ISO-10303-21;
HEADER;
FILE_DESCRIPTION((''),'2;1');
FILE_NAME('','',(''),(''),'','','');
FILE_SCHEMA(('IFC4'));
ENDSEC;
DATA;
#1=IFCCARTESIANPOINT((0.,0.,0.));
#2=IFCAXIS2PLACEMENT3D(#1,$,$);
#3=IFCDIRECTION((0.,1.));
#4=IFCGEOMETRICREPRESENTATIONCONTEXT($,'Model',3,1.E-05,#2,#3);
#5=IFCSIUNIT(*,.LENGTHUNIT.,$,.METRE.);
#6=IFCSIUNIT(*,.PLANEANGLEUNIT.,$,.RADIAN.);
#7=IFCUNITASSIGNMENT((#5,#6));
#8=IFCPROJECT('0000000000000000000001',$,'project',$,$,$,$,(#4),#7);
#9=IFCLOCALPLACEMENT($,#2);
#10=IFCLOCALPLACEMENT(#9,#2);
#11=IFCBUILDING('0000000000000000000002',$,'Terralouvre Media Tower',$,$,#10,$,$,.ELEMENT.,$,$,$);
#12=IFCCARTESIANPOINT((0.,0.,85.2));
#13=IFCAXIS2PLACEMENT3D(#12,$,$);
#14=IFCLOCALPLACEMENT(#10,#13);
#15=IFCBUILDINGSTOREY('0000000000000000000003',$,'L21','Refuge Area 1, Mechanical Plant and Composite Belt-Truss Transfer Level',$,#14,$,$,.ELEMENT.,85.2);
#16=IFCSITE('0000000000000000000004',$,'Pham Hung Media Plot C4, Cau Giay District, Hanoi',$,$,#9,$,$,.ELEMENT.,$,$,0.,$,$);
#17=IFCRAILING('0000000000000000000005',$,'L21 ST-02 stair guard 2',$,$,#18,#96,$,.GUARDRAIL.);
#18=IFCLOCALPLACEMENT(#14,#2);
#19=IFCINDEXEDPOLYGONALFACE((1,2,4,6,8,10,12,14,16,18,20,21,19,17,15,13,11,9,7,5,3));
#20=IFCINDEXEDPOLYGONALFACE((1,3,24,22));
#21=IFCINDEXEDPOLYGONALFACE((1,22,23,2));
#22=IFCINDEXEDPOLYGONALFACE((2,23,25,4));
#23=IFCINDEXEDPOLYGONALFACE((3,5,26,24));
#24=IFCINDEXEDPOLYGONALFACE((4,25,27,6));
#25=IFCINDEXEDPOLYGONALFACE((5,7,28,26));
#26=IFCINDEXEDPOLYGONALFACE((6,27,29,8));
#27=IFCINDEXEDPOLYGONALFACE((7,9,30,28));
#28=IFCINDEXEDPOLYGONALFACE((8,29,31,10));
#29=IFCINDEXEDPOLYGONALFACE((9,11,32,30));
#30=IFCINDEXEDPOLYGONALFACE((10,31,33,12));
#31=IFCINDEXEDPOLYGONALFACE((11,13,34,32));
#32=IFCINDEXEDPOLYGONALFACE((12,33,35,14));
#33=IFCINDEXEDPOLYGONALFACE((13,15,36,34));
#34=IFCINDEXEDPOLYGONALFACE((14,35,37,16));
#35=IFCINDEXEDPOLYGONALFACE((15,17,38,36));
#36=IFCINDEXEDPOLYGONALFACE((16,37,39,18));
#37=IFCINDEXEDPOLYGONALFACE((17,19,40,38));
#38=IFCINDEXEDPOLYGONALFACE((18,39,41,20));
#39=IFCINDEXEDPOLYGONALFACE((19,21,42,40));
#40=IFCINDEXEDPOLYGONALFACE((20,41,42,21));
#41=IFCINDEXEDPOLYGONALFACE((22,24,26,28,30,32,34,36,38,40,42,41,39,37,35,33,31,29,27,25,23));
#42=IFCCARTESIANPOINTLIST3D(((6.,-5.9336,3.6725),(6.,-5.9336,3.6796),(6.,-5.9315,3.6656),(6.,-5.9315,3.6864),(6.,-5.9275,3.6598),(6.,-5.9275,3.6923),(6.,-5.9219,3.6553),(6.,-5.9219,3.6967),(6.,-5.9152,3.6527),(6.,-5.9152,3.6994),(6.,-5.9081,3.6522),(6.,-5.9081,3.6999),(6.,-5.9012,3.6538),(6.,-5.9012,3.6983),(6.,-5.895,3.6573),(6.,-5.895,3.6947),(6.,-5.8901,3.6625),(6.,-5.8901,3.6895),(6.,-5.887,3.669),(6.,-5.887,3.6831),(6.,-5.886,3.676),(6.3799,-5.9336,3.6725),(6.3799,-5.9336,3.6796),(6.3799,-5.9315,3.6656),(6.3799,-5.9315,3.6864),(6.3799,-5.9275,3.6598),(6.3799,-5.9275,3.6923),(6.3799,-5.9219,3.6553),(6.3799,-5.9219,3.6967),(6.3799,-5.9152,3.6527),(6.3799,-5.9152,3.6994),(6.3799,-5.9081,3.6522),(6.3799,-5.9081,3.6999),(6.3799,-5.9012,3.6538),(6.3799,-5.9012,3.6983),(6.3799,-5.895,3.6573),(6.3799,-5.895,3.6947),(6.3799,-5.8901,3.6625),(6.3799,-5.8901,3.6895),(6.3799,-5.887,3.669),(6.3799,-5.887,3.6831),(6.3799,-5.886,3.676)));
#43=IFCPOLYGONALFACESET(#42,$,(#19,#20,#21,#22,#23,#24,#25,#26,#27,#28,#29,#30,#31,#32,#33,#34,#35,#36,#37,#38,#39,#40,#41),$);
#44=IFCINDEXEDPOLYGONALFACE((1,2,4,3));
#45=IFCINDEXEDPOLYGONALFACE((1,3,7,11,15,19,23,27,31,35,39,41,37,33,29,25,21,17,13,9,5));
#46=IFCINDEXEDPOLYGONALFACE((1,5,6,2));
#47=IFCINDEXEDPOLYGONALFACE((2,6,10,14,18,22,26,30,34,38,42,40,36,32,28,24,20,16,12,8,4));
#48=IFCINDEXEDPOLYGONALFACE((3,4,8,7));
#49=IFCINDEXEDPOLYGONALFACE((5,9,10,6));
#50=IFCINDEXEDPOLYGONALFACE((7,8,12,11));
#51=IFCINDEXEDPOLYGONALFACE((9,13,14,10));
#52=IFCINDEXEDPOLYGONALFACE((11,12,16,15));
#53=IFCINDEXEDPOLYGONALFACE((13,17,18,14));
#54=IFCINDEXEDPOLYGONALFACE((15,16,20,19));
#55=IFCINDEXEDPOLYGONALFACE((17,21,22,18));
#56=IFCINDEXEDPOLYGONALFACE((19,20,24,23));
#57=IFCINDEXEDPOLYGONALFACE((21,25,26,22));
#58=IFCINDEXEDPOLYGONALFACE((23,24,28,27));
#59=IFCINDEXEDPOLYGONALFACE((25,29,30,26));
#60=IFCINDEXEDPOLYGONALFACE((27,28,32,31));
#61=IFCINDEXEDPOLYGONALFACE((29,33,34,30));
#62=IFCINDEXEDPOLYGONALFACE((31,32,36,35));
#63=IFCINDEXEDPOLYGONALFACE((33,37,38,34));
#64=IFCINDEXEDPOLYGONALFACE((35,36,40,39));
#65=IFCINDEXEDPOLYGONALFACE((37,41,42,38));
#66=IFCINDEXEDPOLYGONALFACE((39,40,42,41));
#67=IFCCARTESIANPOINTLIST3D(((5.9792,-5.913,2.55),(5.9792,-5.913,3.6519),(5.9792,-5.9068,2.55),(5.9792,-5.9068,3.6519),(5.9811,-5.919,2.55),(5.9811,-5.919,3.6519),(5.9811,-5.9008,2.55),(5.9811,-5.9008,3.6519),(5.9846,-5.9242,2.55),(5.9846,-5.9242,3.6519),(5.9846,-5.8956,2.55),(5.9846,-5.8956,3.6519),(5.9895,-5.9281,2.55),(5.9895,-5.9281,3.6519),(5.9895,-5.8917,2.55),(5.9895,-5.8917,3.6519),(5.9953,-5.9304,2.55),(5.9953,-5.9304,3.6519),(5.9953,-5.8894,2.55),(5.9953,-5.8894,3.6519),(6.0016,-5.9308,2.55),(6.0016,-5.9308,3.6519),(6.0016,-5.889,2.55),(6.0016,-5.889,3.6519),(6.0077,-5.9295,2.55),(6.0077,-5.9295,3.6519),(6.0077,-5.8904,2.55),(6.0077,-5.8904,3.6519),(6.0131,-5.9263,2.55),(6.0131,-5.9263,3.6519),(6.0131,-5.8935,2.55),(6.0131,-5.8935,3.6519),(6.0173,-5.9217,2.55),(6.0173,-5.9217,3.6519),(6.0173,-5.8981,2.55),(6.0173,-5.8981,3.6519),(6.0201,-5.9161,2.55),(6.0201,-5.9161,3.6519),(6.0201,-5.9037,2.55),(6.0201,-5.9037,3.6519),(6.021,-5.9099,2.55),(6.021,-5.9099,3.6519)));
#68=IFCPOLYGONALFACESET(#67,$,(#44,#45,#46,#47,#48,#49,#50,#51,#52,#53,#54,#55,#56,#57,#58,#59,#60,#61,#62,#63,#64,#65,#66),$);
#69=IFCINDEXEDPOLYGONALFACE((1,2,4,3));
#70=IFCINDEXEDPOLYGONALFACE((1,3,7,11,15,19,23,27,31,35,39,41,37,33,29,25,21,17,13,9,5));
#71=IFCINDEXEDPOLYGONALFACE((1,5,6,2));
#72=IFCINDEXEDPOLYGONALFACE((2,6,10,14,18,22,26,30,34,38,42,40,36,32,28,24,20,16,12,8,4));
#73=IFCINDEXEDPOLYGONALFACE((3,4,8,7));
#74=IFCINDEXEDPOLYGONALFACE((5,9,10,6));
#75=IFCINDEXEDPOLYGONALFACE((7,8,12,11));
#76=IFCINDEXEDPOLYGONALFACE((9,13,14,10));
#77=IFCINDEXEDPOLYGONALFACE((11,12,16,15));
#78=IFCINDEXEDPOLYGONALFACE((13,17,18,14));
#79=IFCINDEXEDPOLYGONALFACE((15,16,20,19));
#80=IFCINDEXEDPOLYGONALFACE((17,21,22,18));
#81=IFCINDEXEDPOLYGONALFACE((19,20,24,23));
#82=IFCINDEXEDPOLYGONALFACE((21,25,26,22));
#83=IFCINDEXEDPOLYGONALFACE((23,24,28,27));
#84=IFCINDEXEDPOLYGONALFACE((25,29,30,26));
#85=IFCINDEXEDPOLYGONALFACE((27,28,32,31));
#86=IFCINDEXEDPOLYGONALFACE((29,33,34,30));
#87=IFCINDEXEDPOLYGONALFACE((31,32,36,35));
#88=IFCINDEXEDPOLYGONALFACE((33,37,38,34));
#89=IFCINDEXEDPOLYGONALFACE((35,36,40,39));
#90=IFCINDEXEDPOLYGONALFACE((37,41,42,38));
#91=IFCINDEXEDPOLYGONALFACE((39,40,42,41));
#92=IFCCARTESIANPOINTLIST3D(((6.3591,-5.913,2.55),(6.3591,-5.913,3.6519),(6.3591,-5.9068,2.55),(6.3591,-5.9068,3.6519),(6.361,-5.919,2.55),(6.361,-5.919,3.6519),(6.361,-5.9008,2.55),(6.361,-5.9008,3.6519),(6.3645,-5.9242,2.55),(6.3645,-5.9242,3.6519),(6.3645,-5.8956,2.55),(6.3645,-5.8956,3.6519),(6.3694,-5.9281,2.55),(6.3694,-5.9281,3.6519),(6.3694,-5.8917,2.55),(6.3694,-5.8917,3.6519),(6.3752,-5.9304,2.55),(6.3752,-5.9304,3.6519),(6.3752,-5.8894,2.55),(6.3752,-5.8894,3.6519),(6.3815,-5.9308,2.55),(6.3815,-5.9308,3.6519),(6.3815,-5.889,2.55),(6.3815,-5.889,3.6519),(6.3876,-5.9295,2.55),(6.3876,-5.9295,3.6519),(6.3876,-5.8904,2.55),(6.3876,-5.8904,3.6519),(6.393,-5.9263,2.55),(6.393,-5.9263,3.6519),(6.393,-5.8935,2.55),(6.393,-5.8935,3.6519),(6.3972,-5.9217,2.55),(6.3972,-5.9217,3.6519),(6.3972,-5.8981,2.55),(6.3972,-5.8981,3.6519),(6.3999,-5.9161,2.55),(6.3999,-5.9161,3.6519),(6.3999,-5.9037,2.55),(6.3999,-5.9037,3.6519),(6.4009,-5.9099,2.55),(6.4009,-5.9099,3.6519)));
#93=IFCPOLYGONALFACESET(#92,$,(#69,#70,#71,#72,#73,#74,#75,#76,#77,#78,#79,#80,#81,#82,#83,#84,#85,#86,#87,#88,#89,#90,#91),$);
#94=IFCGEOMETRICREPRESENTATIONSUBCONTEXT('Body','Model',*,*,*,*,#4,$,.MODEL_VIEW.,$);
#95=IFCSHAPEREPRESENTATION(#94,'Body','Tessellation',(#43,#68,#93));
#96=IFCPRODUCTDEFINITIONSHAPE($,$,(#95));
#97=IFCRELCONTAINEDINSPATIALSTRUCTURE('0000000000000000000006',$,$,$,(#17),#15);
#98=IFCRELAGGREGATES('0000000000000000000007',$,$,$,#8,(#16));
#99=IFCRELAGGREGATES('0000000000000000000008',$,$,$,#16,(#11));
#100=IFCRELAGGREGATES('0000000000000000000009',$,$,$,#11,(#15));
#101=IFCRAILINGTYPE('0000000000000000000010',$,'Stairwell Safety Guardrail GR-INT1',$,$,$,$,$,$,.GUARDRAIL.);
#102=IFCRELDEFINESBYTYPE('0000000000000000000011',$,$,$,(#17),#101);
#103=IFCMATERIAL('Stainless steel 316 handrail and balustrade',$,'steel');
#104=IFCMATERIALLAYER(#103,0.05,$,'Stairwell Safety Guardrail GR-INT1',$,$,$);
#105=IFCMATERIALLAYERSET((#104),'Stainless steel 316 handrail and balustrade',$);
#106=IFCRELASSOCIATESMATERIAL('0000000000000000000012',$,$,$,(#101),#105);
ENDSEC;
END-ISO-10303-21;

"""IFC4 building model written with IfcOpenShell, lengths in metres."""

from ifc_helpers import new_model, si_unit, direction, frame, origin, origin_2d, place, context, subcontext, project, spatial, circle, extrude, material, layer, layer_set, type_object, element, save


model = new_model("IFC4")

# Units and contexts
model_context = context("Model", 3, precision=1e-05, world=origin(), true_north=direction((0.0, 1.0)))
body_context = subcontext(model_context, "Body", "Model", "MODEL_VIEW")
ifc_project = project(units=[si_unit("LENGTHUNIT", "METRE"), si_unit("PLANEANGLEUNIT", "RADIAN")], contexts=[model_context])

# Site, building, storey
site_placement = place(None, origin())
site = spatial("IfcSite", under=ifc_project, at=site_placement, Name="Pham Hung Media Plot C4, Cau Giay District, Hanoi", CompositionType="ELEMENT", RefElevation=0.0)
building_placement = place(site_placement, origin())
building = spatial("IfcBuilding", under=site, at=building_placement, Name="Terralouvre Media Tower", CompositionType="ELEMENT")
storey_placement = place(building_placement, frame((0.0, 0.0, 85.2)))
storey = spatial("IfcBuildingStorey", under=building, at=storey_placement, Name="L21", Description="Refuge Area 1, Mechanical Plant and Composite Belt-Truss Transfer Level", CompositionType="ELEMENT", Elevation=85.2)

# Railing
ifc_material_1 = material(Name="Stainless steel 316 handrail and balustrade", Category="steel")
ifc_layer_1 = layer(ifc_material_1, 0.05, Name="Stairwell Safety Guardrail GR-INT1")
ifc_layer_set_1 = layer_set([ifc_layer_1], Name="Stainless steel 316 handrail and balustrade")
railing_type_1 = type_object("IfcRailingType", Name="Stairwell Safety Guardrail GR-INT1", PredefinedType="GUARDRAIL", material=ifc_layer_set_1)
railing_1_placement = place(storey_placement, frame((6.0, -5.9099, 2.55)))
element("IfcRailing", 1, at=railing_1_placement, inside=storey, type_object=railing_type_1, Name="L21 ST-02 stair guard 2", PredefinedType="GUARDRAIL", context=body_context, shape_type="SweptSolid", body=[
    extrude(circle(Radius=0.0239, at=origin_2d()), frame((0.0, 0.0, 1.126), z_axis=(1.0, 0.0, 0.0), x_axis=(0.0, 1.0, 0.0)), (0.0, 0.0, 1.0), 0.3799),
    extrude(circle(Radius=0.021, at=origin_2d()), origin(), (0.0, 0.0, 1.0), 1.1018),
    extrude(circle(Radius=0.021, at=origin_2d()), frame((0.3799, 0.0, 0.0)), (0.0, 0.0, 1.0), 1.1018),
])

save(model, "model.ifc")
